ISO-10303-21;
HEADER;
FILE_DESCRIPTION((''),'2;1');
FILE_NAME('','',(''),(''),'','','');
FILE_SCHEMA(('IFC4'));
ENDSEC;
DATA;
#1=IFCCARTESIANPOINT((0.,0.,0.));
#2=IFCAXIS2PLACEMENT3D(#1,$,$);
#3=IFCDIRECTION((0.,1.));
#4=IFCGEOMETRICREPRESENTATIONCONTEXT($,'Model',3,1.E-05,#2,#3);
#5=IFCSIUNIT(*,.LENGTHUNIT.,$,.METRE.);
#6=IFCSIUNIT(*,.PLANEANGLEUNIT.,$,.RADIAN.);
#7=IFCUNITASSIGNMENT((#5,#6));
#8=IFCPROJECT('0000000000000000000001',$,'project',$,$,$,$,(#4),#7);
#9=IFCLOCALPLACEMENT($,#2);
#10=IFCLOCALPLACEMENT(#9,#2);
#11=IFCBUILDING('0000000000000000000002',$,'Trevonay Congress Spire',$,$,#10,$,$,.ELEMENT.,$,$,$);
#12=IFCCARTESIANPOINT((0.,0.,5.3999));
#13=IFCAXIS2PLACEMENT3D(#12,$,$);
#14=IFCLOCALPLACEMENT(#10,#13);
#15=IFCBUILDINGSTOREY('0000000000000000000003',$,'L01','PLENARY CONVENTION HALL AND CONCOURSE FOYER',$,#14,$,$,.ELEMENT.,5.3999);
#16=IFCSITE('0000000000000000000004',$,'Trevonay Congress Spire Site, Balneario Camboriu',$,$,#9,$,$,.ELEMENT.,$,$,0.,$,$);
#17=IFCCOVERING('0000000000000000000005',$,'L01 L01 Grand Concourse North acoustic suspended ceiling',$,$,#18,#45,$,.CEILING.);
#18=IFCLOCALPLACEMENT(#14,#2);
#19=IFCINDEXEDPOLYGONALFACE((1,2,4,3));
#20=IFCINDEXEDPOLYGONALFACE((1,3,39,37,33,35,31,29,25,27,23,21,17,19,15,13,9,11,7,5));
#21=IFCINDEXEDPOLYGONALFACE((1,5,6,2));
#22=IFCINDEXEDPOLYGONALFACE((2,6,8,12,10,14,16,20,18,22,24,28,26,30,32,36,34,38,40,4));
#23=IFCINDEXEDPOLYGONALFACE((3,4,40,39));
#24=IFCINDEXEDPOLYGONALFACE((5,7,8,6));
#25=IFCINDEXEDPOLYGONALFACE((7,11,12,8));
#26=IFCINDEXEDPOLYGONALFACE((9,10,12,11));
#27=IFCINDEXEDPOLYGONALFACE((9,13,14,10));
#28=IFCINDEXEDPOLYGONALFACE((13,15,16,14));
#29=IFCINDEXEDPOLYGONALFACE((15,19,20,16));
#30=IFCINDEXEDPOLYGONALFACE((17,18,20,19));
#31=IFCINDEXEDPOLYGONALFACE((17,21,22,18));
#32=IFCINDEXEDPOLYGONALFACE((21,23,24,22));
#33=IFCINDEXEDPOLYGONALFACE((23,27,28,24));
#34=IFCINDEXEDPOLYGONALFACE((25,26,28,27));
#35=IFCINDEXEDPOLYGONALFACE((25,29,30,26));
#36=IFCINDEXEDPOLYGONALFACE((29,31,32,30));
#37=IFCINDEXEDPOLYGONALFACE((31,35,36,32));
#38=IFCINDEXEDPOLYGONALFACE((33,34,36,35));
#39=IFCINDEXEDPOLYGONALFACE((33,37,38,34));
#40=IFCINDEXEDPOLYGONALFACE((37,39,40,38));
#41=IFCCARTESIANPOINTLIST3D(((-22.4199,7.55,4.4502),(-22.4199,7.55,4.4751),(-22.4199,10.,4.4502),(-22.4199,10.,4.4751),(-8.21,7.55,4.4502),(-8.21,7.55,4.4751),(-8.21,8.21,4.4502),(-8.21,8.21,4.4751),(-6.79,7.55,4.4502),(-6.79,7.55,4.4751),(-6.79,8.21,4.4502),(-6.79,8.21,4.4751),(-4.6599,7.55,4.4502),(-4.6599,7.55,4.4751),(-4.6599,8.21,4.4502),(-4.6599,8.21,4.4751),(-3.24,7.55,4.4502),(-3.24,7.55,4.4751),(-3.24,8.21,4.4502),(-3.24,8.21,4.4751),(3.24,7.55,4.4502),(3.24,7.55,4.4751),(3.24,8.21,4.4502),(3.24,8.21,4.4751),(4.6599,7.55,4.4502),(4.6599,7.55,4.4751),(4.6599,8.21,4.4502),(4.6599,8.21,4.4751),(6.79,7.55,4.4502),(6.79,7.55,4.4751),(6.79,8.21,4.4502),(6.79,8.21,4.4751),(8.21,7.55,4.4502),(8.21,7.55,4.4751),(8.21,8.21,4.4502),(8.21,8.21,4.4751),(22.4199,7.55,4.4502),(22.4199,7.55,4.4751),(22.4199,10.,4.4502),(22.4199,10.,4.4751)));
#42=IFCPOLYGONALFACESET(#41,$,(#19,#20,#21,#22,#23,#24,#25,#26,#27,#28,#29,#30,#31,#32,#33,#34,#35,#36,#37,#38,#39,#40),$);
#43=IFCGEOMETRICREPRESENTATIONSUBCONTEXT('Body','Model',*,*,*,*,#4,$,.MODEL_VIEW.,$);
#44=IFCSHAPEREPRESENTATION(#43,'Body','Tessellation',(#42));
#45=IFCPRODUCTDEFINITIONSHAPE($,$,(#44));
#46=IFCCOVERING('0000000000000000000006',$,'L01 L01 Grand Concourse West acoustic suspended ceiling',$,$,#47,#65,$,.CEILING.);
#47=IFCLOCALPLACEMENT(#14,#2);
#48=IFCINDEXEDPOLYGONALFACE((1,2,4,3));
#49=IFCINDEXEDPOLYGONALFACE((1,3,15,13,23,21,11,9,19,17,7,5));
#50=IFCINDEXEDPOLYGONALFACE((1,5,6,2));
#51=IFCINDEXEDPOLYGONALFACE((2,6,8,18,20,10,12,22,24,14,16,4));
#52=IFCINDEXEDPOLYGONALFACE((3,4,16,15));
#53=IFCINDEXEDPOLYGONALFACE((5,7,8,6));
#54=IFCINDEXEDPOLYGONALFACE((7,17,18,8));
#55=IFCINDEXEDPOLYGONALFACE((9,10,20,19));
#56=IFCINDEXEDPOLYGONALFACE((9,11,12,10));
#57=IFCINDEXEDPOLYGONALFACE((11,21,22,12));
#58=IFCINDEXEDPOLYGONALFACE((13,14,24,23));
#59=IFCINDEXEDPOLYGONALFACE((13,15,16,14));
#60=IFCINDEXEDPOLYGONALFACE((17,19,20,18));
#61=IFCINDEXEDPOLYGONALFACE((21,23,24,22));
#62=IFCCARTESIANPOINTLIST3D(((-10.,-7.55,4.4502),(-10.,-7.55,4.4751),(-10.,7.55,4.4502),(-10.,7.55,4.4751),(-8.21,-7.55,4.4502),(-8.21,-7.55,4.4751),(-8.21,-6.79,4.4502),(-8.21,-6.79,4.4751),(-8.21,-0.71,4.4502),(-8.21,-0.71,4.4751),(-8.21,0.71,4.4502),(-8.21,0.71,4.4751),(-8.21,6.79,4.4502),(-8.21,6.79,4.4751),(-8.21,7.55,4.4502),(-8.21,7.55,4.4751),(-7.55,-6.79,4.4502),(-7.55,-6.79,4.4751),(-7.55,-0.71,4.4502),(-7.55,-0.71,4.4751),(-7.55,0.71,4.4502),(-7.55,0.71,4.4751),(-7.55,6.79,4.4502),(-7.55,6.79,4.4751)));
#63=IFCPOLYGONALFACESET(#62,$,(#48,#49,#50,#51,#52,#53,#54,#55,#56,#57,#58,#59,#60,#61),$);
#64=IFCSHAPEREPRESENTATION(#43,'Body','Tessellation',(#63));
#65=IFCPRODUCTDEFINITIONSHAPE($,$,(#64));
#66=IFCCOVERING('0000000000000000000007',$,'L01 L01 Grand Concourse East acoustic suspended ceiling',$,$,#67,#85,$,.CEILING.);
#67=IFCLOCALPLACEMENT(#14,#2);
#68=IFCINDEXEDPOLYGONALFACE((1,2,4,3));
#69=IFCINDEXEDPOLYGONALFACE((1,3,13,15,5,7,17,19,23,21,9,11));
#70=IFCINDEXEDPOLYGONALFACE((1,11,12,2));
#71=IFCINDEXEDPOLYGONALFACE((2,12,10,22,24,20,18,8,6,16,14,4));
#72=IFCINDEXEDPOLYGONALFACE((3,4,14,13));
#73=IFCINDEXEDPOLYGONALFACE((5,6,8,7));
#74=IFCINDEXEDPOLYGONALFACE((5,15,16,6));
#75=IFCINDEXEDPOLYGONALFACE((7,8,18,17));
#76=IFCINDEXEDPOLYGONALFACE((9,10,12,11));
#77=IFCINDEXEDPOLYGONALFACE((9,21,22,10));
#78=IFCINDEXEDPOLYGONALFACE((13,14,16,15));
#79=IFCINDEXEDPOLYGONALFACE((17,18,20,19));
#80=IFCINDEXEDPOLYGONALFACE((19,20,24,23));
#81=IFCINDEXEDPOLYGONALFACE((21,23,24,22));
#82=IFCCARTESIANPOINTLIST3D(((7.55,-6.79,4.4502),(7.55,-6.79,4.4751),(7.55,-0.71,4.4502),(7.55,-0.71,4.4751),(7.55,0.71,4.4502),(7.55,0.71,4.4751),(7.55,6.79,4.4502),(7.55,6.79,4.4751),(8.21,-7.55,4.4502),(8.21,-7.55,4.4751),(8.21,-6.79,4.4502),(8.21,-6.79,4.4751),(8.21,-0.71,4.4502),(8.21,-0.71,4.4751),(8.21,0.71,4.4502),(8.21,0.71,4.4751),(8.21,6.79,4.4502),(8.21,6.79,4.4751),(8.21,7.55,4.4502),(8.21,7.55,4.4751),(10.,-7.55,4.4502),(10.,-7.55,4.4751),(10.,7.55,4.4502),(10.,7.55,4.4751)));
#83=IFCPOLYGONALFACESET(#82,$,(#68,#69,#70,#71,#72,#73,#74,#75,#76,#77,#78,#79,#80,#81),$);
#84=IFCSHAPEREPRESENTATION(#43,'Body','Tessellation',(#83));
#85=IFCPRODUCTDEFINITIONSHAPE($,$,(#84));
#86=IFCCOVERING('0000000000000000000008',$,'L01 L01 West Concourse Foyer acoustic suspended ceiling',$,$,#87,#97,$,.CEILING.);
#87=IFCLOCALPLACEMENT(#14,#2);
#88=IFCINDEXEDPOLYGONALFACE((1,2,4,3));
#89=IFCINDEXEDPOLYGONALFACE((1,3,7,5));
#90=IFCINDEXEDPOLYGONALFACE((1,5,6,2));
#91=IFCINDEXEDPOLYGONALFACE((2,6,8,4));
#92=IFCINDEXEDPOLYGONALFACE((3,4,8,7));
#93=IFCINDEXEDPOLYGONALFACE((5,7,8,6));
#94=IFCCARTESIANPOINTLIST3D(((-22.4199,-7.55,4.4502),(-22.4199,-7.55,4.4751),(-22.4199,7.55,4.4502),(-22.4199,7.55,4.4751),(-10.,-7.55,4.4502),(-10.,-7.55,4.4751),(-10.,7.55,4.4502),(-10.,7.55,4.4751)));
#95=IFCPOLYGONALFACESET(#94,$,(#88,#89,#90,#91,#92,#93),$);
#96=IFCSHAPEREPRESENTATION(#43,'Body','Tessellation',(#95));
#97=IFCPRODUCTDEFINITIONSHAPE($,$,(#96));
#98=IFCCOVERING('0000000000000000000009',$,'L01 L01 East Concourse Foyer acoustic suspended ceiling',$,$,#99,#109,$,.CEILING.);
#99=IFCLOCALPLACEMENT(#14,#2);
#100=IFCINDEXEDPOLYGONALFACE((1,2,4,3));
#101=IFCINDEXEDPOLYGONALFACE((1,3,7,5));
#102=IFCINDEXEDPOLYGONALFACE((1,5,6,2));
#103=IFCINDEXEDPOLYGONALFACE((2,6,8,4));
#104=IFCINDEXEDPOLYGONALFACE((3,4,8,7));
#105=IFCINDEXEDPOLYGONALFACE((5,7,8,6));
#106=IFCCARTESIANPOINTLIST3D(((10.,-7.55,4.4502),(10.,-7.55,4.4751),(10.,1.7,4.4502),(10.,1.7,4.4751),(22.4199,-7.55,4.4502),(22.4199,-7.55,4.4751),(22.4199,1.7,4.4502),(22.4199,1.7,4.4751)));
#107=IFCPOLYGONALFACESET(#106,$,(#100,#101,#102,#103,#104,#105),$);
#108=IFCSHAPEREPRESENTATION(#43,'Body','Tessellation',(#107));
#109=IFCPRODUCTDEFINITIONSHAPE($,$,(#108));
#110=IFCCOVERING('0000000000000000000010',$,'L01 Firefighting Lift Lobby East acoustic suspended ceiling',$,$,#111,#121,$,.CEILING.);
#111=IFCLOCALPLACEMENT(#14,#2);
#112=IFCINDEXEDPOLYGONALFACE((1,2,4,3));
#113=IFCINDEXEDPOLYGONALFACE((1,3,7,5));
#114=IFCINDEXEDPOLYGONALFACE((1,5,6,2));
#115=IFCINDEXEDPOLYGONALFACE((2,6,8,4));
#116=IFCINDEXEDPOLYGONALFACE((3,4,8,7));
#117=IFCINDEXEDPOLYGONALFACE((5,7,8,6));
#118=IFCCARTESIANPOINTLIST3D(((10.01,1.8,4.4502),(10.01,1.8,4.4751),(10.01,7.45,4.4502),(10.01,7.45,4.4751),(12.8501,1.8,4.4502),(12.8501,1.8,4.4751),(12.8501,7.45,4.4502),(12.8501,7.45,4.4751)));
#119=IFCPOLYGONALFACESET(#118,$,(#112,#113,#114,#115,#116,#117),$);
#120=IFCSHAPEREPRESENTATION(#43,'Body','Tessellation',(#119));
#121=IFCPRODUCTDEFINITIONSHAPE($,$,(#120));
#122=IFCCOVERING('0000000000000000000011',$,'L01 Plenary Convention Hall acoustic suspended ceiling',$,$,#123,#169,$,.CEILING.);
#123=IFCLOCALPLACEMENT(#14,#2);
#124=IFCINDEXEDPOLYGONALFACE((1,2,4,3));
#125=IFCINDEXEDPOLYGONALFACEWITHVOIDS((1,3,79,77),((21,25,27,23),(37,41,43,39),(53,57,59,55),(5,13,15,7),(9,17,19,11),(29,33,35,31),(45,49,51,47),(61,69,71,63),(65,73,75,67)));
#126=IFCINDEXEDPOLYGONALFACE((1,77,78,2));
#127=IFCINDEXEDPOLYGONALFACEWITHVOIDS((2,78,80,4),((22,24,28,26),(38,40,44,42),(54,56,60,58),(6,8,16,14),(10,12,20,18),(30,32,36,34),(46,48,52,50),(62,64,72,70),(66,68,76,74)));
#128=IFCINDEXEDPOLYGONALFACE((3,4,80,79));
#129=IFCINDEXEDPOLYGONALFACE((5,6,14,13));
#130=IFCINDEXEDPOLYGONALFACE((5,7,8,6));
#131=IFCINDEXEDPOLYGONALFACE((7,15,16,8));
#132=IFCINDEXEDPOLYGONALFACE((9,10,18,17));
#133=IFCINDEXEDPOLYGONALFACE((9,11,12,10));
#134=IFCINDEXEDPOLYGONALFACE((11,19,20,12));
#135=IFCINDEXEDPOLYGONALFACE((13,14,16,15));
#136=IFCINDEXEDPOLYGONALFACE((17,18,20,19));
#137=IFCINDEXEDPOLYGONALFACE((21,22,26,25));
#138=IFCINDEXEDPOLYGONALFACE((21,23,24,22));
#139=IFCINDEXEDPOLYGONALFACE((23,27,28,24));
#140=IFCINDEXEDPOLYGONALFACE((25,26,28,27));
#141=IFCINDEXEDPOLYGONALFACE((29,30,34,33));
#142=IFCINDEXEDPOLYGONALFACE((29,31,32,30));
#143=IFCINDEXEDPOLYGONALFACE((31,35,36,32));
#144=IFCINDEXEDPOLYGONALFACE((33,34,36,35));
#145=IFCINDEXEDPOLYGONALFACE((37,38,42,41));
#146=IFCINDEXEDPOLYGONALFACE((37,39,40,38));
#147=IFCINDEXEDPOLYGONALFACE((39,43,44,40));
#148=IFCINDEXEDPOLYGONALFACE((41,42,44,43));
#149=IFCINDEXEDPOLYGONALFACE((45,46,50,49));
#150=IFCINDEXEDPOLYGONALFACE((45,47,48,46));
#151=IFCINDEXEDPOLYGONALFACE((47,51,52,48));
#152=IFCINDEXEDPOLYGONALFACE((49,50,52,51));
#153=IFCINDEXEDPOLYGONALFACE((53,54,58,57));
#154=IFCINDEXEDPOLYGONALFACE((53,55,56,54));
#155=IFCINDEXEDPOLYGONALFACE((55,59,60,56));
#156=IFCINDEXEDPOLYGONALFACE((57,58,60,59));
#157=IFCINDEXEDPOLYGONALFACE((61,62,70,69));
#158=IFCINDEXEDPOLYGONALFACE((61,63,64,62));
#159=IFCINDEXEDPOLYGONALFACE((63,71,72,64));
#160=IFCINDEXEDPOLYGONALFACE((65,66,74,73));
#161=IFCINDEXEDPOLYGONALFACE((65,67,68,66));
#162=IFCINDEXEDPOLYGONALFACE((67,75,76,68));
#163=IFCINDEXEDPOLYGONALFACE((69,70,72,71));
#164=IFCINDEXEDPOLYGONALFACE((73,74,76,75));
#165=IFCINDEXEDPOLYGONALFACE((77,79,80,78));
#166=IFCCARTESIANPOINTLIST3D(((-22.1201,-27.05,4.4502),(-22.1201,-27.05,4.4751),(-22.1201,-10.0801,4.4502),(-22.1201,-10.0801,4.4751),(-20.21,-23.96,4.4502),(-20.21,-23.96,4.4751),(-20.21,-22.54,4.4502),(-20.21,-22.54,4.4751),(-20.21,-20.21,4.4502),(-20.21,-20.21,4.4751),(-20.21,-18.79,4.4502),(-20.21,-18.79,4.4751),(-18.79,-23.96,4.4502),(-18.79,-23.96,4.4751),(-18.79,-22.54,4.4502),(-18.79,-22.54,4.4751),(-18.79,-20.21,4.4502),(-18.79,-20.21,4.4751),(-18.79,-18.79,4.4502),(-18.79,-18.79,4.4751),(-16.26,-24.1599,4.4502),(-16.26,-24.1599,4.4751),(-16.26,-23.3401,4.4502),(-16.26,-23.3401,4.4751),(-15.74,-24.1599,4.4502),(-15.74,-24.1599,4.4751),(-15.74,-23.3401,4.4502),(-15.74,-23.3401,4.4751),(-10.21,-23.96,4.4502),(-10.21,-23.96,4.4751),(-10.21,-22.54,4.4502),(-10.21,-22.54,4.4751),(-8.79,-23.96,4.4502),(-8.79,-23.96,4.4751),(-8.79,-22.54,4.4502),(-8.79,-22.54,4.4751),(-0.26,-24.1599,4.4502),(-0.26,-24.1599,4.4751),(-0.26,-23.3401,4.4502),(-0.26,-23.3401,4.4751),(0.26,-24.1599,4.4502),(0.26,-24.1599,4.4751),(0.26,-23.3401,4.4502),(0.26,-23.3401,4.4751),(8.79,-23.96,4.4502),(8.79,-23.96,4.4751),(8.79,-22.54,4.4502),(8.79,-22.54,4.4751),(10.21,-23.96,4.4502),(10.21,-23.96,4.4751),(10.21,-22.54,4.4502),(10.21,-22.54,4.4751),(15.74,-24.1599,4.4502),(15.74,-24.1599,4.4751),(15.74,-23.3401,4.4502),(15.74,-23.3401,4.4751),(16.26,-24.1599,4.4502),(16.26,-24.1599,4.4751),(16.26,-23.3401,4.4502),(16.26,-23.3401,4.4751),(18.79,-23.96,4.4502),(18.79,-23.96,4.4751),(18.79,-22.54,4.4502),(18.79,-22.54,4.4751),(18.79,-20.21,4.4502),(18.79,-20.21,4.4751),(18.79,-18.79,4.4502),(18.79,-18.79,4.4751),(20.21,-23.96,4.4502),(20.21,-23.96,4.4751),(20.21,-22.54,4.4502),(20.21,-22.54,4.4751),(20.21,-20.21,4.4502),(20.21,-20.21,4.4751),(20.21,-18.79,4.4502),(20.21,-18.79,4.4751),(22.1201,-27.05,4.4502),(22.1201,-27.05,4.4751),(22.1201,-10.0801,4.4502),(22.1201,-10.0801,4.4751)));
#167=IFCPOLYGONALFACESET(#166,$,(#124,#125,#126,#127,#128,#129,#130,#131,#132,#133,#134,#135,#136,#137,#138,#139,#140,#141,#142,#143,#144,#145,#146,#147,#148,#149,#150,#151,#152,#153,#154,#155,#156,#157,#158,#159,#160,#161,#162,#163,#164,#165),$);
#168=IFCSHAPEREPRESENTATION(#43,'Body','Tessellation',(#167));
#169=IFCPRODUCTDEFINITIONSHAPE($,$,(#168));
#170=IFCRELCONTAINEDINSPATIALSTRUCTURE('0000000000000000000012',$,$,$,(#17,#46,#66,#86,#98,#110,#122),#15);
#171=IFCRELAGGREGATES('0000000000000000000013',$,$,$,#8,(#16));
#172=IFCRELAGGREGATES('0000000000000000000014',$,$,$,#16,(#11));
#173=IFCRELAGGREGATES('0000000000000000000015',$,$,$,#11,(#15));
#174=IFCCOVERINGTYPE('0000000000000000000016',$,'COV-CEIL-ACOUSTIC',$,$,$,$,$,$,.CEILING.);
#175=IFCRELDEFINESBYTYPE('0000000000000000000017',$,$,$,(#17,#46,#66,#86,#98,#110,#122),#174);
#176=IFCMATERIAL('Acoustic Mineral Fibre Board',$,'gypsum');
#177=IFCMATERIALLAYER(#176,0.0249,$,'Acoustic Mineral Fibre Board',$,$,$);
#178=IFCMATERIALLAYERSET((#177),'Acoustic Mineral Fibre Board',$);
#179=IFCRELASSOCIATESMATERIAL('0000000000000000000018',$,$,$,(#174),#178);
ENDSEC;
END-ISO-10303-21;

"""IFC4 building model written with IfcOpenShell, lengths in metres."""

from ifc_helpers import new_model, si_unit, direction, frame, origin, place, context, subcontext, project, spatial, polyline, outline, extrude, material, layer, layer_set, type_object, element, save


model = new_model("IFC4")

# Units and contexts
model_context = context("Model", 3, precision=1e-05, world=origin(), true_north=direction((0.0, 1.0)))
body_context = subcontext(model_context, "Body", "Model", "MODEL_VIEW")
ifc_project = project(units=[si_unit("LENGTHUNIT", "METRE"), si_unit("PLANEANGLEUNIT", "RADIAN")], contexts=[model_context])

# Site, building, storey
site_placement = place(None, origin())
site = spatial("IfcSite", under=ifc_project, at=site_placement, Name="Trevonay Congress Spire Site, Balneario Camboriu", CompositionType="ELEMENT", RefElevation=0.0)
building_placement = place(site_placement, origin())
building = spatial("IfcBuilding", under=site, at=building_placement, Name="Trevonay Congress Spire", CompositionType="ELEMENT")
storey_placement = place(building_placement, frame((0.0, 0.0, 5.3999)))
storey = spatial("IfcBuildingStorey", under=building, at=storey_placement, Name="L01", Description="PLENARY CONVENTION HALL AND CONCOURSE FOYER", CompositionType="ELEMENT", Elevation=5.3999)

# Coverings
ifc_material_1 = material(Name="Acoustic Mineral Fibre Board", Category="gypsum")
ifc_layer_1 = layer(ifc_material_1, 0.0249, Name="Acoustic Mineral Fibre Board")
ifc_layer_set_1 = layer_set([ifc_layer_1], Name="Acoustic Mineral Fibre Board")
covering_type_1 = type_object("IfcCoveringType", Name="COV-CEIL-ACOUSTIC", PredefinedType="CEILING", material=ifc_layer_set_1)
covering_1_placement = place(storey_placement, frame((0.0, 0.0, 4.4502)))
element("IfcCovering", 1, at=covering_1_placement, inside=storey, type_object=covering_type_1, Name="L01 L01 Grand Concourse North acoustic suspended ceiling", PredefinedType="CEILING", context=body_context, shape_type="SweptSolid", body=[
    extrude(outline(polyline([(-22.4199, 7.55), (-22.4199, 10.0), (22.4199, 10.0), (22.4199, 7.55), (8.21, 7.55), (8.21, 8.21), (6.79, 8.21), (6.79, 7.55), (4.6599, 7.55), (4.6599, 8.21), (3.24, 8.21), (3.24, 7.55), (-3.24, 7.55), (-3.24, 8.21), (-4.6599, 8.21), (-4.6599, 7.55), (-6.79, 7.55), (-6.79, 8.21), (-8.21, 8.21), (-8.21, 7.55), (-22.4199, 7.55)])), origin(), (0.0, 0.0, 1.0), 0.0249),
])
covering_2_placement = place(storey_placement, frame((0.0, 0.0, 4.4502)))
element("IfcCovering", 2, at=covering_2_placement, inside=storey, type_object=covering_type_1, Name="L01 L01 Grand Concourse West acoustic suspended ceiling", PredefinedType="CEILING", context=body_context, shape_type="SweptSolid", body=[
    extrude(outline(polyline([(-10.0, 7.55), (-8.21, 7.55), (-8.21, 6.79), (-7.55, 6.79), (-7.55, 0.71), (-8.21, 0.71), (-8.21, -0.71), (-7.55, -0.71), (-7.55, -6.79), (-8.21, -6.79), (-8.21, -7.55), (-10.0, -7.55), (-10.0, 7.55)])), origin(), (0.0, 0.0, 1.0), 0.0249),
])
covering_3_placement = place(storey_placement, frame((0.0, 0.0, 4.4502)))
element("IfcCovering", 3, at=covering_3_placement, inside=storey, type_object=covering_type_1, Name="L01 L01 Grand Concourse East acoustic suspended ceiling", PredefinedType="CEILING", context=body_context, shape_type="SweptSolid", body=[
    extrude(outline(polyline([(10.0, -7.55), (8.21, -7.55), (8.21, -6.79), (7.55, -6.79), (7.55, -0.71), (8.21, -0.71), (8.21, 0.71), (7.55, 0.71), (7.55, 6.79), (8.21, 6.79), (8.21, 7.55), (10.0, 7.55), (10.0, -7.55)])), origin(), (0.0, 0.0, 1.0), 0.0249),
])
covering_4_placement = place(storey_placement, frame((0.0, 0.0, 4.4502)))
element("IfcCovering", 4, at=covering_4_placement, inside=storey, type_object=covering_type_1, Name="L01 L01 West Concourse Foyer acoustic suspended ceiling", PredefinedType="CEILING", context=body_context, shape_type="SweptSolid", body=[
    extrude(outline(polyline([(-22.4199, -7.55), (-22.4199, 7.55), (-10.0, 7.55), (-10.0, -7.55), (-22.4199, -7.55)])), origin(), (0.0, 0.0, 1.0), 0.0249),
])
covering_5_placement = place(storey_placement, frame((0.0, 0.0, 4.4502)))
element("IfcCovering", 5, at=covering_5_placement, inside=storey, type_object=covering_type_1, Name="L01 L01 East Concourse Foyer acoustic suspended ceiling", PredefinedType="CEILING", context=body_context, shape_type="SweptSolid", body=[
    extrude(outline(polyline([(10.0, -7.55), (10.0, 1.7), (22.4199, 1.7), (22.4199, -7.55), (10.0, -7.55)])), origin(), (0.0, 0.0, 1.0), 0.0249),
])
covering_6_placement = place(storey_placement, frame((0.0, 0.0, 4.4502)))
element("IfcCovering", 6, at=covering_6_placement, inside=storey, type_object=covering_type_1, Name="L01 Firefighting Lift Lobby East acoustic suspended ceiling", PredefinedType="CEILING", context=body_context, shape_type="SweptSolid", body=[
    extrude(outline(polyline([(12.8501, 1.8), (10.01, 1.8), (10.01, 7.45), (12.8501, 7.45), (12.8501, 1.8)])), origin(), (0.0, 0.0, 1.0), 0.0249),
])
covering_7_placement = place(storey_placement, frame((0.0, 0.0, 4.4502)))
element("IfcCovering", 7, at=covering_7_placement, inside=storey, type_object=covering_type_1, Name="L01 Plenary Convention Hall acoustic suspended ceiling", PredefinedType="CEILING", context=body_context, shape_type="SweptSolid", body=[
    extrude(outline(polyline([(-22.1201, -10.0801), (22.1201, -10.0801), (22.1201, -27.05), (-22.1201, -27.05), (-22.1201, -10.0801)]), holes=[polyline([(-15.74, -23.3401), (-16.26, -23.3401), (-16.26, -24.1599), (-15.74, -24.1599), (-15.74, -23.3401)]), polyline([(0.26, -23.3401), (-0.26, -23.3401), (-0.26, -24.1599), (0.26, -24.1599), (0.26, -23.3401)]), polyline([(16.26, -23.3401), (15.74, -23.3401), (15.74, -24.1599), (16.26, -24.1599), (16.26, -23.3401)]), polyline([(-18.79, -22.54), (-20.21, -22.54), (-20.21, -23.96), (-18.79, -23.96), (-18.79, -22.54)]), polyline([(-8.79, -22.54), (-10.21, -22.54), (-10.21, -23.96), (-8.79, -23.96), (-8.79, -22.54)]), polyline([(10.21, -22.54), (8.79, -22.54), (8.79, -23.96), (10.21, -23.96), (10.21, -22.54)]), polyline([(20.21, -22.54), (18.79, -22.54), (18.79, -23.96), (20.21, -23.96), (20.21, -22.54)]), polyline([(-18.79, -20.21), (-18.79, -18.79), (-20.21, -18.79), (-20.21, -20.21), (-18.79, -20.21)]), polyline([(20.21, -20.21), (20.21, -18.79), (18.79, -18.79), (18.79, -20.21), (20.21, -20.21)])]), origin(), (0.0, 0.0, 1.0), 0.0249),
])

save(model, "model.ifc")
